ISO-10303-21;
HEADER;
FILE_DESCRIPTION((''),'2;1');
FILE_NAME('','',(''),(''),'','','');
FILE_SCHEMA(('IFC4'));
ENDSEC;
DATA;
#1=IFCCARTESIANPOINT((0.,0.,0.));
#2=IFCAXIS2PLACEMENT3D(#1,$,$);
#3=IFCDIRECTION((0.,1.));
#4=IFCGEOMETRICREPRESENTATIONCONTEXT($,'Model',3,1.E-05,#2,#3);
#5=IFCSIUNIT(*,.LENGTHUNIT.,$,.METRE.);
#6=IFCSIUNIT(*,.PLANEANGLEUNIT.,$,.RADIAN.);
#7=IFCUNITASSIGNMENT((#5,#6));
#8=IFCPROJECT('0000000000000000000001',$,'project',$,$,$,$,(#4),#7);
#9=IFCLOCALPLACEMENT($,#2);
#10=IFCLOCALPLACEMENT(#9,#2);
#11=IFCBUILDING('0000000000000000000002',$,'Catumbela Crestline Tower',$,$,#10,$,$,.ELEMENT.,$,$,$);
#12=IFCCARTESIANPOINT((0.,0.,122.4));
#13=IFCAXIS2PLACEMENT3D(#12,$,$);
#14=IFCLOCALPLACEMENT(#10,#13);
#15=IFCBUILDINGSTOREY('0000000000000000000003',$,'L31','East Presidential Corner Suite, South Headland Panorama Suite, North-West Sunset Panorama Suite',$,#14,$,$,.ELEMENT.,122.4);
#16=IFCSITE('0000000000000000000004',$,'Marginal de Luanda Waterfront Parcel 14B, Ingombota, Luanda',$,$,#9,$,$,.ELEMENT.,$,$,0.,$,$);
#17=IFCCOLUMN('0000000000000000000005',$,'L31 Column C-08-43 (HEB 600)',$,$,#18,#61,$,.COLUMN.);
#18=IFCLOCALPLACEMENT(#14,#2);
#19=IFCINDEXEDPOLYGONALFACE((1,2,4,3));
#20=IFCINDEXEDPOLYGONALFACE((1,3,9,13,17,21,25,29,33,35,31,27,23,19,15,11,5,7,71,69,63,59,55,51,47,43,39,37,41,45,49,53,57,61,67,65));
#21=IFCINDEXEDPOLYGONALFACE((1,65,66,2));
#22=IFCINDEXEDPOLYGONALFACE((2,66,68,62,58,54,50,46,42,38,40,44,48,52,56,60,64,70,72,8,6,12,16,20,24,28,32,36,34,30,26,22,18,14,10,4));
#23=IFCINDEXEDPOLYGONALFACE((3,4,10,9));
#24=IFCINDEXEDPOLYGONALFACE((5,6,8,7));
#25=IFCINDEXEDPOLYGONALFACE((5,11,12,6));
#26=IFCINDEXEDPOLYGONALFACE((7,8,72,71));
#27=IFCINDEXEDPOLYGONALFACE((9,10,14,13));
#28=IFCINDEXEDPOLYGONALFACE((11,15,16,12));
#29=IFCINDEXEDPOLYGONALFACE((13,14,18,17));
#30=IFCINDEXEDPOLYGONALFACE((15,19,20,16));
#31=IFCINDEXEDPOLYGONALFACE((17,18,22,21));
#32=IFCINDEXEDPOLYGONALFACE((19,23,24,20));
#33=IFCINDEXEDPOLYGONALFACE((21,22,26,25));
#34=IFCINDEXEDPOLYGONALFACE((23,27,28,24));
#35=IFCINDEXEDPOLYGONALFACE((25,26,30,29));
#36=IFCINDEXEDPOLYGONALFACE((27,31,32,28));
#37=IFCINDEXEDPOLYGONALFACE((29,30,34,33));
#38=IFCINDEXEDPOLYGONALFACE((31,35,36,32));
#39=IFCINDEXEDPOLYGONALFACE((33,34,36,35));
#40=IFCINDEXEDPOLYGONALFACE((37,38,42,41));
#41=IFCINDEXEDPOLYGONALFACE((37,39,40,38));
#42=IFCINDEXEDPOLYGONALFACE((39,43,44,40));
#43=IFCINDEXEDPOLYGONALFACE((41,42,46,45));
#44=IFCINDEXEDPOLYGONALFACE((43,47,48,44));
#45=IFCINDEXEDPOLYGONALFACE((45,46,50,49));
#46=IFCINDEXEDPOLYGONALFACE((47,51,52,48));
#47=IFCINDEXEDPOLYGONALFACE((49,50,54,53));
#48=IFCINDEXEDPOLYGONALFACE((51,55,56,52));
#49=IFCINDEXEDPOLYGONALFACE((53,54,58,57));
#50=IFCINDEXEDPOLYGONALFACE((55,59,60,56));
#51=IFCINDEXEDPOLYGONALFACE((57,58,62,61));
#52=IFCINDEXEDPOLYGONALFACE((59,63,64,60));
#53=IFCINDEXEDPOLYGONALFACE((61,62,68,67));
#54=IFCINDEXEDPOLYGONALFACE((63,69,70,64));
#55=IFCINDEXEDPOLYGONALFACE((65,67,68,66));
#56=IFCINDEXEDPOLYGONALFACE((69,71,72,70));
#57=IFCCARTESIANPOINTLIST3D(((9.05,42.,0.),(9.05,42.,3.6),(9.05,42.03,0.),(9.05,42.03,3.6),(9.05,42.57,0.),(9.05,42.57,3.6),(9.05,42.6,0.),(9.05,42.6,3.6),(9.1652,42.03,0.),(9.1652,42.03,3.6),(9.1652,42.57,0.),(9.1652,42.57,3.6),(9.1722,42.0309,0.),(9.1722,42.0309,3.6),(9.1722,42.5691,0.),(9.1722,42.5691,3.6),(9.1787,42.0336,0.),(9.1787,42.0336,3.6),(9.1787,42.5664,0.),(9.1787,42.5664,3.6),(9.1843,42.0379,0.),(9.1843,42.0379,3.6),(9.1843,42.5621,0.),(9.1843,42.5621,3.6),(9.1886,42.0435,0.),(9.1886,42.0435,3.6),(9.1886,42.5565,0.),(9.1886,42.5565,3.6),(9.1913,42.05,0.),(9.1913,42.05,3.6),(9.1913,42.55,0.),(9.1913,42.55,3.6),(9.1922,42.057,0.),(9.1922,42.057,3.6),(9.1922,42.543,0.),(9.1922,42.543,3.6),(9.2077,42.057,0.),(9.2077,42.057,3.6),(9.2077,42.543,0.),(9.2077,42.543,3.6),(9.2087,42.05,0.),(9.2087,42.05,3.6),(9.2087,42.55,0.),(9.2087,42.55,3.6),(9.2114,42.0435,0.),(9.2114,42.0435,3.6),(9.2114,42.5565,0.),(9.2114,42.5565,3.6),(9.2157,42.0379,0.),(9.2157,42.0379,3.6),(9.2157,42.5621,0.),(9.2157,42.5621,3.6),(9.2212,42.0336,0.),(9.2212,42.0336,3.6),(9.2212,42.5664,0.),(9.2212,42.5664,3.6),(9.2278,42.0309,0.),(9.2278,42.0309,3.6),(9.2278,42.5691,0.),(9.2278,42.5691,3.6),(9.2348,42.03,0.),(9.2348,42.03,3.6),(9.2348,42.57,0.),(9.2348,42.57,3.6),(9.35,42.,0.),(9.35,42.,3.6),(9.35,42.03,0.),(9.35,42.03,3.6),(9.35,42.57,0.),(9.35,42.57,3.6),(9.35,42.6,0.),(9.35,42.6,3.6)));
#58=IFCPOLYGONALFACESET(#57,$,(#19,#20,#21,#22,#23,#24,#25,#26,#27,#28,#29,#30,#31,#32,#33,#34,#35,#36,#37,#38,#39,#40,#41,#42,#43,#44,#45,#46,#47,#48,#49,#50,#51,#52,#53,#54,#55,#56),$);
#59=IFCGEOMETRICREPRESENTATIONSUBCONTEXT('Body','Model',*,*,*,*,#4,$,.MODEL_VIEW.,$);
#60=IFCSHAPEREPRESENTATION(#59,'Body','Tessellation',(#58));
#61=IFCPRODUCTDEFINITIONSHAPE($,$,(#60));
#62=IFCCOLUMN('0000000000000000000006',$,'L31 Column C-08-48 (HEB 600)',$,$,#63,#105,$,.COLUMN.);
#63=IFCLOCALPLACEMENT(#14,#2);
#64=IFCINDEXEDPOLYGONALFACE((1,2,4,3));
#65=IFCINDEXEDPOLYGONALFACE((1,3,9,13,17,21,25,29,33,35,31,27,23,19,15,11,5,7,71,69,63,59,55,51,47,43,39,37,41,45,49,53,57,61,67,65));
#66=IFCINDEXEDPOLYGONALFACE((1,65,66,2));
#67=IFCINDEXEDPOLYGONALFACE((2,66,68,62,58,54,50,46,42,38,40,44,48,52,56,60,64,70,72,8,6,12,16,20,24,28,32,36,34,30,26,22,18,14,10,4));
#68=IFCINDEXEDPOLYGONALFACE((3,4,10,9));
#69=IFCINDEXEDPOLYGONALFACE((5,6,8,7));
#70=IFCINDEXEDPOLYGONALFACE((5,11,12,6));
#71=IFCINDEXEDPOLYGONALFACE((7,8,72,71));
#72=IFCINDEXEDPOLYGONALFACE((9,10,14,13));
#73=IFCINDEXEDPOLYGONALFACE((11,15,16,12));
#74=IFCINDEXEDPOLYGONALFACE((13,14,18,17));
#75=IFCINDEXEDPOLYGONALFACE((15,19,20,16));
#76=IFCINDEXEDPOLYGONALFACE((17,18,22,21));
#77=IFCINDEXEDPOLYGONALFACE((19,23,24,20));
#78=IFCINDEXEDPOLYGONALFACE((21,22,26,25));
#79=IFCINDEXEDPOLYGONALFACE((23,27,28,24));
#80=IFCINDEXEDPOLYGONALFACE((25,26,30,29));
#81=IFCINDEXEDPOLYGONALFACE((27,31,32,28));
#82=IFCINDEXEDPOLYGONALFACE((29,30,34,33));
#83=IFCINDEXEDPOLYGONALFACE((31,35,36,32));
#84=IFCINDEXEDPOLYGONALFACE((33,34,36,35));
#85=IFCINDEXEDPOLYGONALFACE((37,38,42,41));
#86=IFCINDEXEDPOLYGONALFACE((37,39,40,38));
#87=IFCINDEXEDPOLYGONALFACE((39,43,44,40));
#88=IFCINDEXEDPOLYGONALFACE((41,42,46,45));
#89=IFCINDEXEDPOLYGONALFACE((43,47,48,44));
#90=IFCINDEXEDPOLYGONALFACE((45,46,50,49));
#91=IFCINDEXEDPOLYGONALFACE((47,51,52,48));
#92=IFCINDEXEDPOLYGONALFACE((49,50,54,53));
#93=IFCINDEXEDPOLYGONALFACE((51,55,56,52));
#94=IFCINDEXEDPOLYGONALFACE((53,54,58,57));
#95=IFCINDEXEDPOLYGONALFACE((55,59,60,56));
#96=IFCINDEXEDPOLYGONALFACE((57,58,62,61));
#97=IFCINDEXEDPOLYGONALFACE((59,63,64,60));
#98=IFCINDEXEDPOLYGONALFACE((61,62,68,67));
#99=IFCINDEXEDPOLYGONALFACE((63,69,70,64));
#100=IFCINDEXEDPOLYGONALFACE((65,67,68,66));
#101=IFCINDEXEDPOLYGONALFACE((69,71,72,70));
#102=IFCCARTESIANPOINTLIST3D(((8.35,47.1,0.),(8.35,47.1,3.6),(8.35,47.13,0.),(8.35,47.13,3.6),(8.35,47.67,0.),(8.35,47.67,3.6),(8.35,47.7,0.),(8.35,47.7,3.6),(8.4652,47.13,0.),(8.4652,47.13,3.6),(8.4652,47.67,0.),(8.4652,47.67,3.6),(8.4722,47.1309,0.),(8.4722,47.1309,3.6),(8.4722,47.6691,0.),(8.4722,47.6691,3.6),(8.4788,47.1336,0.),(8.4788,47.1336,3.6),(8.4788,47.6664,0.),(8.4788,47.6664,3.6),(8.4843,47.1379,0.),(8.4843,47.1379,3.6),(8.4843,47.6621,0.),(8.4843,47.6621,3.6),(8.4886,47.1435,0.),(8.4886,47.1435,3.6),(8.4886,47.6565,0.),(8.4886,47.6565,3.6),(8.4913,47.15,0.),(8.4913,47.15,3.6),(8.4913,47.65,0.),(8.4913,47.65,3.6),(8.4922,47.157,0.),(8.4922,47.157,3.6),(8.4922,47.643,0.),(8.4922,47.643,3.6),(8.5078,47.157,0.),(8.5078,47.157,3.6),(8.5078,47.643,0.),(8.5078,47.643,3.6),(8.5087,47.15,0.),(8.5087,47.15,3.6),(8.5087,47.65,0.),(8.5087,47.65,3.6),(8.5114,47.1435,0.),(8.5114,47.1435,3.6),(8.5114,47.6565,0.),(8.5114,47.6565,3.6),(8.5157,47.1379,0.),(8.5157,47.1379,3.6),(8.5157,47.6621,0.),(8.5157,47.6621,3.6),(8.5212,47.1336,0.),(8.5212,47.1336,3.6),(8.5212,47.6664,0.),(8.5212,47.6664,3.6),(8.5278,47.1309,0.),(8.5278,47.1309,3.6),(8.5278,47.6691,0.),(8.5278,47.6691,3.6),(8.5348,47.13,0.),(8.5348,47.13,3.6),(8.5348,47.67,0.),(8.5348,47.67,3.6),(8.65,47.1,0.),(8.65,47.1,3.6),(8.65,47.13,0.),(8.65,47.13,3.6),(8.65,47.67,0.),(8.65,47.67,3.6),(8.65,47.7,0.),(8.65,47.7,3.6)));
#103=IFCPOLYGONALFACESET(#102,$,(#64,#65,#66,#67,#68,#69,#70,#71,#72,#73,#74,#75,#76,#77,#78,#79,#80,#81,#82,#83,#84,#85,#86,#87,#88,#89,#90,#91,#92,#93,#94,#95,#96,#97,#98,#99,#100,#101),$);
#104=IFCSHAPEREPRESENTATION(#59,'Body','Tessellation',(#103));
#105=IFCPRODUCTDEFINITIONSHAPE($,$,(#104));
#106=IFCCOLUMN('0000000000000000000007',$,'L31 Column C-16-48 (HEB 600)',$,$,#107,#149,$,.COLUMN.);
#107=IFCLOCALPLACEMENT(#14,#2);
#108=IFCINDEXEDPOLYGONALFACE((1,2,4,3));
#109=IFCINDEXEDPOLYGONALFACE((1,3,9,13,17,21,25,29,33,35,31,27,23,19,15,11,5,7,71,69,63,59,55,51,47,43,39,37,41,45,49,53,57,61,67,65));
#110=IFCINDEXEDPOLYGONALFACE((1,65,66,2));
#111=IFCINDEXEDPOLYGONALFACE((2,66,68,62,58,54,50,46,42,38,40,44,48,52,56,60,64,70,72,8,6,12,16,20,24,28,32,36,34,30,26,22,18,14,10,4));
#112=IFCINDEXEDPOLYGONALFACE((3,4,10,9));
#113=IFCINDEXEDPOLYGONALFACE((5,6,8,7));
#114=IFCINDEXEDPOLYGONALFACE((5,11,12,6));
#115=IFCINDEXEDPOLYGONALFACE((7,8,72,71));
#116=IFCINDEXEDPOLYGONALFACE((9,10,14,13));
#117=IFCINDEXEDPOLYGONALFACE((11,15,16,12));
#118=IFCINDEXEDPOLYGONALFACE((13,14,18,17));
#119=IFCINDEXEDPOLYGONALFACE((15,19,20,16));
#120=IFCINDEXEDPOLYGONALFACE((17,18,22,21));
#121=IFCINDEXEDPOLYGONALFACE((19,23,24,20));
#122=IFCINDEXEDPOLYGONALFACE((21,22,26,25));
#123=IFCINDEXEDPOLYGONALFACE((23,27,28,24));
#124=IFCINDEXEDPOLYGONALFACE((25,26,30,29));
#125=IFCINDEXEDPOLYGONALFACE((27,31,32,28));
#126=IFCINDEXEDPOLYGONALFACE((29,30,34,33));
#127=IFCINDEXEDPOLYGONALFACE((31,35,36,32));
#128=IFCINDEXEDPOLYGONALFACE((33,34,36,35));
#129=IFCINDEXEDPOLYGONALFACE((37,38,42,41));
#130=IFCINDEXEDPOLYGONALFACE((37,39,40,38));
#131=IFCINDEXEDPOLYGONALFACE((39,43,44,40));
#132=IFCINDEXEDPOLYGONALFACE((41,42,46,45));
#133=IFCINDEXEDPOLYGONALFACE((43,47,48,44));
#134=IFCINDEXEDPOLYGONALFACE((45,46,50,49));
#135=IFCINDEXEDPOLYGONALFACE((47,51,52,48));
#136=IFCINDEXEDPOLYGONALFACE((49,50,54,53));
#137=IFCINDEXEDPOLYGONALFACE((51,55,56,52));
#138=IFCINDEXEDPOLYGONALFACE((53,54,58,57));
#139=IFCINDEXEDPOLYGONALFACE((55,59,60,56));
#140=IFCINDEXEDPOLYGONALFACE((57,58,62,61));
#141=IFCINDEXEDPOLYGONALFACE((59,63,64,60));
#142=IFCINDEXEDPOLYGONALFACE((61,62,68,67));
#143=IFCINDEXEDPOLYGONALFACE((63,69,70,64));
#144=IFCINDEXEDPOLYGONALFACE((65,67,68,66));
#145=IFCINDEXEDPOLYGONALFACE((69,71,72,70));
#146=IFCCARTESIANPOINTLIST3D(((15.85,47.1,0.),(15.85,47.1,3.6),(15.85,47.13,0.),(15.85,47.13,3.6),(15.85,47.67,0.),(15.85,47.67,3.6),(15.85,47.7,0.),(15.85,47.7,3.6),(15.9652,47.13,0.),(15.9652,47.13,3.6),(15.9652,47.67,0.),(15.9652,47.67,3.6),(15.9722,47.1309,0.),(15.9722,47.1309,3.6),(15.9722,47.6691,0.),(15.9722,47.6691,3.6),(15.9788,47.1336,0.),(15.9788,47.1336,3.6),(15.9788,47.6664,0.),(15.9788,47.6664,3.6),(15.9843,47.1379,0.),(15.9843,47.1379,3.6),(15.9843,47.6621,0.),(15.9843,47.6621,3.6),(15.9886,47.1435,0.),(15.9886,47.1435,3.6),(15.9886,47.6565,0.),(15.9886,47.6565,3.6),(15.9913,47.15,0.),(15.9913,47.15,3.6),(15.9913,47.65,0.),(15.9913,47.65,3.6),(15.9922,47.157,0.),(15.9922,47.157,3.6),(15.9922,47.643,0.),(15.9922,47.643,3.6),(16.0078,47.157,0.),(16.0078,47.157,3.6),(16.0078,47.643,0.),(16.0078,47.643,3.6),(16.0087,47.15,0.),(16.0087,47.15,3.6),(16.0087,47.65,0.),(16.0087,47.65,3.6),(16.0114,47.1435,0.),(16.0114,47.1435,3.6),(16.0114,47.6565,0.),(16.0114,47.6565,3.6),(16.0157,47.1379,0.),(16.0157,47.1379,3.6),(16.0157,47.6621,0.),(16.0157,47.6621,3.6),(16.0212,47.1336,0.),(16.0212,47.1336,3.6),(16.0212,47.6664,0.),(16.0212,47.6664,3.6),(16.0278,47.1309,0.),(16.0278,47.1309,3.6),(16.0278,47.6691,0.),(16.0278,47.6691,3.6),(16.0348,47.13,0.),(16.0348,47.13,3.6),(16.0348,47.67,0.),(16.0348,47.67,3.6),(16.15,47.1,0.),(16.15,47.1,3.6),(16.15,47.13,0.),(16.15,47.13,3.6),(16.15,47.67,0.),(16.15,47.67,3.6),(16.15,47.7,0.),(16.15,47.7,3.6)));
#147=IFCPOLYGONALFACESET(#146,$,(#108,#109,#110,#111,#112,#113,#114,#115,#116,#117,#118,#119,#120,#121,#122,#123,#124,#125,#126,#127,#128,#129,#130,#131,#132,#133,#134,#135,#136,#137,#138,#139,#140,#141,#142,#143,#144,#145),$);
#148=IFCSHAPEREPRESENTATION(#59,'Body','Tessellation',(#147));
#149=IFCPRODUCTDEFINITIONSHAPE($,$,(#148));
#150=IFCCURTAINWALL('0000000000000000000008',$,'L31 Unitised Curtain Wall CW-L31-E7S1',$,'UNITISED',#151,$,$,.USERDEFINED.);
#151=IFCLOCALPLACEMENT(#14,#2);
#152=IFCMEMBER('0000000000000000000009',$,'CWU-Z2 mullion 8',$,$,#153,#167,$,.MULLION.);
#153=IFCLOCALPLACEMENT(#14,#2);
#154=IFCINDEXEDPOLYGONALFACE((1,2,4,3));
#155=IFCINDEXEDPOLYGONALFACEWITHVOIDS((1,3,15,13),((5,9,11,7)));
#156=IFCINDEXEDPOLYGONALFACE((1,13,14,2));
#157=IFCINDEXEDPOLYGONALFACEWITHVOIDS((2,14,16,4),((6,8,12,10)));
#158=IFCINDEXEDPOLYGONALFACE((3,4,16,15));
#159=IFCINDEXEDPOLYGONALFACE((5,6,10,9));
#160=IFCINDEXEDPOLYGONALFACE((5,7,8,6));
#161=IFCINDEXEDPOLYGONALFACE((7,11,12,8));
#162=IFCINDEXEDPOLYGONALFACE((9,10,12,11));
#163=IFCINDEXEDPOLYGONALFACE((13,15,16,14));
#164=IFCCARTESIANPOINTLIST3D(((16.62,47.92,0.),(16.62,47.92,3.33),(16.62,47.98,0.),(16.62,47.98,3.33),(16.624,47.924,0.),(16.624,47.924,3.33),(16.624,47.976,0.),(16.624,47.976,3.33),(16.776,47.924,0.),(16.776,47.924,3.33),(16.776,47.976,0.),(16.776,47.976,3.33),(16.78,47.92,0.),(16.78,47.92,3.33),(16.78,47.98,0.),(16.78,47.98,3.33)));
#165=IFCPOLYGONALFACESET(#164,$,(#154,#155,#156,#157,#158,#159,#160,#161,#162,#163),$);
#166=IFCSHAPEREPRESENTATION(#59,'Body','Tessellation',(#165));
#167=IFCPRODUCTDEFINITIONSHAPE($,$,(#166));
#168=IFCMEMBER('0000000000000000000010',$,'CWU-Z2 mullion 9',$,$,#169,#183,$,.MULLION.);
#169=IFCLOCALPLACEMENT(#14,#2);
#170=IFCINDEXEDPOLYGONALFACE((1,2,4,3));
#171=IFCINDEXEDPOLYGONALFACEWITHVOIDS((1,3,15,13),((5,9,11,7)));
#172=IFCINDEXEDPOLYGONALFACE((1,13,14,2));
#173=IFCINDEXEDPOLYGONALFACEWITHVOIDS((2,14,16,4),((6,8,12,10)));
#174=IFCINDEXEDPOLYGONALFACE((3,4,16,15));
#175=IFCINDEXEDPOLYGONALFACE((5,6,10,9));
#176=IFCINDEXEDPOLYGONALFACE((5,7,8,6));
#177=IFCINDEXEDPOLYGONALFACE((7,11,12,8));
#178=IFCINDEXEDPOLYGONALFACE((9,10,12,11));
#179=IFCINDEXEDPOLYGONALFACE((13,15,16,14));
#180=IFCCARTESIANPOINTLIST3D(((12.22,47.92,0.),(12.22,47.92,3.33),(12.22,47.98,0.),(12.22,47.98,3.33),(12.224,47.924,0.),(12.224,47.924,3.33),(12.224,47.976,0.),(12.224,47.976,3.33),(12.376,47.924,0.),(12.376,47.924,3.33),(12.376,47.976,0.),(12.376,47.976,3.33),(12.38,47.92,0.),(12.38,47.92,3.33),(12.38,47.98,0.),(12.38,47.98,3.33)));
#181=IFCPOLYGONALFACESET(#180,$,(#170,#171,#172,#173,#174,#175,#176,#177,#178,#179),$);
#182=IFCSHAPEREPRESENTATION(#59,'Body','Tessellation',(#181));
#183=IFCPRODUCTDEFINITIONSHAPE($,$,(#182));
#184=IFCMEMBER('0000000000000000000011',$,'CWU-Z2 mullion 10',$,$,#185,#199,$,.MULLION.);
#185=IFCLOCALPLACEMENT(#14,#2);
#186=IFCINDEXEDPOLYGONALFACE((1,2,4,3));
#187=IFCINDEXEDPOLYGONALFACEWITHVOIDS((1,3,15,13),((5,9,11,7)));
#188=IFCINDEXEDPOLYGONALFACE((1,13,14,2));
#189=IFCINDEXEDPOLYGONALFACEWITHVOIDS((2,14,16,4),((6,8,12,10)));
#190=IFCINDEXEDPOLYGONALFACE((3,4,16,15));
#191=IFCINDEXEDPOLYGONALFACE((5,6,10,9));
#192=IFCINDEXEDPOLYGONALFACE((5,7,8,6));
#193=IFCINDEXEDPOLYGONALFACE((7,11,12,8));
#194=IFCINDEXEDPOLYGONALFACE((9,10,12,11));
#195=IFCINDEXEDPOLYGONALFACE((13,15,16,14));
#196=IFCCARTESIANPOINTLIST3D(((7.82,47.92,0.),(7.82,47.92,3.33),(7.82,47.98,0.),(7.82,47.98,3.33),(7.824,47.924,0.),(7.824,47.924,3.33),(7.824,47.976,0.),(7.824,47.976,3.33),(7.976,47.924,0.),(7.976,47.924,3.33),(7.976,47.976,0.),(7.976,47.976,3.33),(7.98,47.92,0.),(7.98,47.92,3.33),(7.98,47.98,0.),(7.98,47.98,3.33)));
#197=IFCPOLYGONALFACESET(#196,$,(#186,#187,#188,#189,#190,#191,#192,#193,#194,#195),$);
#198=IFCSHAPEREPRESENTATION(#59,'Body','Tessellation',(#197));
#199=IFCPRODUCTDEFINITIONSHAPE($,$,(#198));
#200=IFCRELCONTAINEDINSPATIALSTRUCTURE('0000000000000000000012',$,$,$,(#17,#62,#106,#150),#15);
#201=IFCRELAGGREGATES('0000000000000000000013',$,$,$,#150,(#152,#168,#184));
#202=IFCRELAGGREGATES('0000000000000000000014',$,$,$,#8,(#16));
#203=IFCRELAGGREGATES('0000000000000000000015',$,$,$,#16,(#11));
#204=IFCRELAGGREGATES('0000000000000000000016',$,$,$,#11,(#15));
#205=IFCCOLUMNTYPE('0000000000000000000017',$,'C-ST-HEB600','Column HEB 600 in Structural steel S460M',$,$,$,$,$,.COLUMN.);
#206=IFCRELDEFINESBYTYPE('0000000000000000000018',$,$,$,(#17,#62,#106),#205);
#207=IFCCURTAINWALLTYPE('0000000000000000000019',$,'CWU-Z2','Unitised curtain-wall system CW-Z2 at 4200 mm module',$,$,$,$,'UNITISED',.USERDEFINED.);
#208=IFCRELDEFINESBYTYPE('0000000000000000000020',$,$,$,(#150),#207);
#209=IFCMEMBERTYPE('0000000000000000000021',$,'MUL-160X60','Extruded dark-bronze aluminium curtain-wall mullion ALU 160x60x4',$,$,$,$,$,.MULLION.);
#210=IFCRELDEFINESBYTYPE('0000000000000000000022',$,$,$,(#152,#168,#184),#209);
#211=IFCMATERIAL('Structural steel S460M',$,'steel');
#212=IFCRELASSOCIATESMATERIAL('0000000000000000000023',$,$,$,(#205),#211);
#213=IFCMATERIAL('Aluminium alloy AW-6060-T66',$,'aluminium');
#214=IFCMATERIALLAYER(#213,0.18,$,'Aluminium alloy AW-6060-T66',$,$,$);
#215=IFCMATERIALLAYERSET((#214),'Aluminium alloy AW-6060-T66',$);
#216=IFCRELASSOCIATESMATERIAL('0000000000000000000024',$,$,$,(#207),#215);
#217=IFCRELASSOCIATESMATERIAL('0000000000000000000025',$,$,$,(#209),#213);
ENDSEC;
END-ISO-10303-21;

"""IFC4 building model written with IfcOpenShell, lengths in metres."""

from ifc_helpers import new_model, si_unit, direction, frame, origin, origin_2d, place, context, subcontext, project, spatial, hollow_rectangle, i_section, extrude, material, layer, layer_set, material_profile, profile_set, type_object, element, aggregate, save


model = new_model("IFC4")

# Units and contexts
model_context = context("Model", 3, precision=1e-05, world=origin(), true_north=direction((0.0, 1.0)))
body_context = subcontext(model_context, "Body", "Model", "MODEL_VIEW")
ifc_project = project(units=[si_unit("LENGTHUNIT", "METRE"), si_unit("PLANEANGLEUNIT", "RADIAN")], contexts=[model_context])

# Site, building, storey
site_placement = place(None, origin())
site = spatial("IfcSite", under=ifc_project, at=site_placement, Name="Marginal de Luanda Waterfront Parcel 14B, Ingombota, Luanda", CompositionType="ELEMENT", RefElevation=0.0)
building_placement = place(site_placement, origin())
building = spatial("IfcBuilding", under=site, at=building_placement, Name="Catumbela Crestline Tower", CompositionType="ELEMENT")
storey_placement = place(building_placement, frame((0.0, 0.0, 122.4)))
storey = spatial("IfcBuildingStorey", under=building, at=storey_placement, Name="L31", Description="East Presidential Corner Suite, South Headland Panorama Suite, North-West Sunset Panorama Suite", CompositionType="ELEMENT", Elevation=122.4)

# Columns
ifc_material_1 = material(Name="Structural steel S460M", Category="steel")
ifc_material_profile_1 = material_profile(ifc_material_1, i_section(OverallWidth=0.3, OverallDepth=0.6, WebThickness=0.0155, FlangeThickness=0.03, FilletRadius=0.027, at=origin_2d()), Name="HEB 600")
ifc_profile_set_1 = profile_set([ifc_material_profile_1], Name="Structural steel S460M")
column_type = type_object("IfcColumnType", Name="C-ST-HEB600", Description="Column HEB 600 in Structural steel S460M", PredefinedType="COLUMN", material=ifc_profile_set_1)
for number, where, z_axis, x_axis, name in (
    (1, (9.2, 42.3, 0.0), (0.0, 0.0, 1.0), (1.0, 0.0, 0.0), "L31 Column C-08-43 (HEB 600)"),
    (2, (8.5, 47.4, 0.0), (0.0, 0.0, 1.0), (1.0, 0.0, 0.0), "L31 Column C-08-48 (HEB 600)"),
    (3, (16.0, 47.4, 0.0), (0.0, 0.0, 1.0), (1.0, 0.0, 0.0), "L31 Column C-16-48 (HEB 600)"),
):
    element("IfcColumn", number, at=place(storey_placement, frame(where, z_axis=z_axis, x_axis=x_axis)), inside=storey, type_object=column_type, Name=name, PredefinedType="COLUMN", context=body_context, shape_type="SweptSolid", body=[
        extrude(i_section(OverallWidth=0.3, OverallDepth=0.6, WebThickness=0.0155, FlangeThickness=0.03, FilletRadius=0.027, at=origin_2d()), origin(), (0.0, 0.0, 1.0), 3.6),
    ])

# Curtain wall, members
ifc_material_2 = material(Name="Aluminium alloy AW-6060-T66", Category="aluminium")
ifc_layer_1 = layer(ifc_material_2, 0.18, Name="Aluminium alloy AW-6060-T66")
ifc_layer_set_1 = layer_set([ifc_layer_1], Name="Aluminium alloy AW-6060-T66")
curtain_wall_type = type_object("IfcCurtainWallType", Name="CWU-Z2", Description="Unitised curtain-wall system CW-Z2 at 4200 mm module", ElementType="UNITISED", PredefinedType="USERDEFINED", material=ifc_layer_set_1)
curtain_wall_placement = place(storey_placement, origin())
curtain_wall = element("IfcCurtainWall", 4, at=curtain_wall_placement, inside=storey, type_object=curtain_wall_type, Name="L31 Unitised Curtain Wall CW-L31-E7S1", ObjectType="UNITISED", PredefinedType="USERDEFINED")
ifc_material_profile_2 = material_profile(ifc_material_2, hollow_rectangle(XDim=0.06, YDim=0.16, WallThickness=0.004, at=origin_2d()), Name="ALU 160x60x4")
ifc_profile_set_2 = profile_set([ifc_material_profile_2], Name="Aluminium alloy AW-6060-T66")
member_type_1 = type_object("IfcMemberType", Name="MUL-160X60", Description="Extruded dark-bronze aluminium curtain-wall mullion ALU 160x60x4", PredefinedType="MULLION", material=ifc_profile_set_2)
member_1_placement = place(storey_placement, frame((16.7, 47.95, 0.0), z_axis=(0.0, 0.0, 1.0), x_axis=(0.0, -1.0, 0.0)))
member_1 = element("IfcMember", 5, at=member_1_placement, type_object=member_type_1, Name="CWU-Z2 mullion 8", PredefinedType="MULLION", context=body_context, shape_type="SweptSolid", body=[
    extrude(hollow_rectangle(XDim=0.06, YDim=0.16, WallThickness=0.004, at=origin_2d()), origin(), (0.0, 0.0, 1.0), 3.33),
])
member_2_placement = place(storey_placement, frame((12.3, 47.95, 0.0), z_axis=(0.0, 0.0, 1.0), x_axis=(0.0, -1.0, 0.0)))
member_2 = element("IfcMember", 6, at=member_2_placement, type_object=member_type_1, Name="CWU-Z2 mullion 9", PredefinedType="MULLION", context=body_context, shape_type="SweptSolid", body=[
    extrude(hollow_rectangle(XDim=0.06, YDim=0.16, WallThickness=0.004, at=origin_2d()), origin(), (0.0, 0.0, 1.0), 3.33),
])
member_3_placement = place(storey_placement, frame((7.9, 47.95, 0.0), z_axis=(0.0, 0.0, 1.0), x_axis=(0.0, -1.0, 0.0)))
member_3 = element("IfcMember", 7, at=member_3_placement, type_object=member_type_1, Name="CWU-Z2 mullion 10", PredefinedType="MULLION", context=body_context, shape_type="SweptSolid", body=[
    extrude(hollow_rectangle(XDim=0.06, YDim=0.16, WallThickness=0.004, at=origin_2d()), origin(), (0.0, 0.0, 1.0), 3.33),
])

aggregate(curtain_wall, [member_1, member_2, member_3])

save(model, "model.ifc")
